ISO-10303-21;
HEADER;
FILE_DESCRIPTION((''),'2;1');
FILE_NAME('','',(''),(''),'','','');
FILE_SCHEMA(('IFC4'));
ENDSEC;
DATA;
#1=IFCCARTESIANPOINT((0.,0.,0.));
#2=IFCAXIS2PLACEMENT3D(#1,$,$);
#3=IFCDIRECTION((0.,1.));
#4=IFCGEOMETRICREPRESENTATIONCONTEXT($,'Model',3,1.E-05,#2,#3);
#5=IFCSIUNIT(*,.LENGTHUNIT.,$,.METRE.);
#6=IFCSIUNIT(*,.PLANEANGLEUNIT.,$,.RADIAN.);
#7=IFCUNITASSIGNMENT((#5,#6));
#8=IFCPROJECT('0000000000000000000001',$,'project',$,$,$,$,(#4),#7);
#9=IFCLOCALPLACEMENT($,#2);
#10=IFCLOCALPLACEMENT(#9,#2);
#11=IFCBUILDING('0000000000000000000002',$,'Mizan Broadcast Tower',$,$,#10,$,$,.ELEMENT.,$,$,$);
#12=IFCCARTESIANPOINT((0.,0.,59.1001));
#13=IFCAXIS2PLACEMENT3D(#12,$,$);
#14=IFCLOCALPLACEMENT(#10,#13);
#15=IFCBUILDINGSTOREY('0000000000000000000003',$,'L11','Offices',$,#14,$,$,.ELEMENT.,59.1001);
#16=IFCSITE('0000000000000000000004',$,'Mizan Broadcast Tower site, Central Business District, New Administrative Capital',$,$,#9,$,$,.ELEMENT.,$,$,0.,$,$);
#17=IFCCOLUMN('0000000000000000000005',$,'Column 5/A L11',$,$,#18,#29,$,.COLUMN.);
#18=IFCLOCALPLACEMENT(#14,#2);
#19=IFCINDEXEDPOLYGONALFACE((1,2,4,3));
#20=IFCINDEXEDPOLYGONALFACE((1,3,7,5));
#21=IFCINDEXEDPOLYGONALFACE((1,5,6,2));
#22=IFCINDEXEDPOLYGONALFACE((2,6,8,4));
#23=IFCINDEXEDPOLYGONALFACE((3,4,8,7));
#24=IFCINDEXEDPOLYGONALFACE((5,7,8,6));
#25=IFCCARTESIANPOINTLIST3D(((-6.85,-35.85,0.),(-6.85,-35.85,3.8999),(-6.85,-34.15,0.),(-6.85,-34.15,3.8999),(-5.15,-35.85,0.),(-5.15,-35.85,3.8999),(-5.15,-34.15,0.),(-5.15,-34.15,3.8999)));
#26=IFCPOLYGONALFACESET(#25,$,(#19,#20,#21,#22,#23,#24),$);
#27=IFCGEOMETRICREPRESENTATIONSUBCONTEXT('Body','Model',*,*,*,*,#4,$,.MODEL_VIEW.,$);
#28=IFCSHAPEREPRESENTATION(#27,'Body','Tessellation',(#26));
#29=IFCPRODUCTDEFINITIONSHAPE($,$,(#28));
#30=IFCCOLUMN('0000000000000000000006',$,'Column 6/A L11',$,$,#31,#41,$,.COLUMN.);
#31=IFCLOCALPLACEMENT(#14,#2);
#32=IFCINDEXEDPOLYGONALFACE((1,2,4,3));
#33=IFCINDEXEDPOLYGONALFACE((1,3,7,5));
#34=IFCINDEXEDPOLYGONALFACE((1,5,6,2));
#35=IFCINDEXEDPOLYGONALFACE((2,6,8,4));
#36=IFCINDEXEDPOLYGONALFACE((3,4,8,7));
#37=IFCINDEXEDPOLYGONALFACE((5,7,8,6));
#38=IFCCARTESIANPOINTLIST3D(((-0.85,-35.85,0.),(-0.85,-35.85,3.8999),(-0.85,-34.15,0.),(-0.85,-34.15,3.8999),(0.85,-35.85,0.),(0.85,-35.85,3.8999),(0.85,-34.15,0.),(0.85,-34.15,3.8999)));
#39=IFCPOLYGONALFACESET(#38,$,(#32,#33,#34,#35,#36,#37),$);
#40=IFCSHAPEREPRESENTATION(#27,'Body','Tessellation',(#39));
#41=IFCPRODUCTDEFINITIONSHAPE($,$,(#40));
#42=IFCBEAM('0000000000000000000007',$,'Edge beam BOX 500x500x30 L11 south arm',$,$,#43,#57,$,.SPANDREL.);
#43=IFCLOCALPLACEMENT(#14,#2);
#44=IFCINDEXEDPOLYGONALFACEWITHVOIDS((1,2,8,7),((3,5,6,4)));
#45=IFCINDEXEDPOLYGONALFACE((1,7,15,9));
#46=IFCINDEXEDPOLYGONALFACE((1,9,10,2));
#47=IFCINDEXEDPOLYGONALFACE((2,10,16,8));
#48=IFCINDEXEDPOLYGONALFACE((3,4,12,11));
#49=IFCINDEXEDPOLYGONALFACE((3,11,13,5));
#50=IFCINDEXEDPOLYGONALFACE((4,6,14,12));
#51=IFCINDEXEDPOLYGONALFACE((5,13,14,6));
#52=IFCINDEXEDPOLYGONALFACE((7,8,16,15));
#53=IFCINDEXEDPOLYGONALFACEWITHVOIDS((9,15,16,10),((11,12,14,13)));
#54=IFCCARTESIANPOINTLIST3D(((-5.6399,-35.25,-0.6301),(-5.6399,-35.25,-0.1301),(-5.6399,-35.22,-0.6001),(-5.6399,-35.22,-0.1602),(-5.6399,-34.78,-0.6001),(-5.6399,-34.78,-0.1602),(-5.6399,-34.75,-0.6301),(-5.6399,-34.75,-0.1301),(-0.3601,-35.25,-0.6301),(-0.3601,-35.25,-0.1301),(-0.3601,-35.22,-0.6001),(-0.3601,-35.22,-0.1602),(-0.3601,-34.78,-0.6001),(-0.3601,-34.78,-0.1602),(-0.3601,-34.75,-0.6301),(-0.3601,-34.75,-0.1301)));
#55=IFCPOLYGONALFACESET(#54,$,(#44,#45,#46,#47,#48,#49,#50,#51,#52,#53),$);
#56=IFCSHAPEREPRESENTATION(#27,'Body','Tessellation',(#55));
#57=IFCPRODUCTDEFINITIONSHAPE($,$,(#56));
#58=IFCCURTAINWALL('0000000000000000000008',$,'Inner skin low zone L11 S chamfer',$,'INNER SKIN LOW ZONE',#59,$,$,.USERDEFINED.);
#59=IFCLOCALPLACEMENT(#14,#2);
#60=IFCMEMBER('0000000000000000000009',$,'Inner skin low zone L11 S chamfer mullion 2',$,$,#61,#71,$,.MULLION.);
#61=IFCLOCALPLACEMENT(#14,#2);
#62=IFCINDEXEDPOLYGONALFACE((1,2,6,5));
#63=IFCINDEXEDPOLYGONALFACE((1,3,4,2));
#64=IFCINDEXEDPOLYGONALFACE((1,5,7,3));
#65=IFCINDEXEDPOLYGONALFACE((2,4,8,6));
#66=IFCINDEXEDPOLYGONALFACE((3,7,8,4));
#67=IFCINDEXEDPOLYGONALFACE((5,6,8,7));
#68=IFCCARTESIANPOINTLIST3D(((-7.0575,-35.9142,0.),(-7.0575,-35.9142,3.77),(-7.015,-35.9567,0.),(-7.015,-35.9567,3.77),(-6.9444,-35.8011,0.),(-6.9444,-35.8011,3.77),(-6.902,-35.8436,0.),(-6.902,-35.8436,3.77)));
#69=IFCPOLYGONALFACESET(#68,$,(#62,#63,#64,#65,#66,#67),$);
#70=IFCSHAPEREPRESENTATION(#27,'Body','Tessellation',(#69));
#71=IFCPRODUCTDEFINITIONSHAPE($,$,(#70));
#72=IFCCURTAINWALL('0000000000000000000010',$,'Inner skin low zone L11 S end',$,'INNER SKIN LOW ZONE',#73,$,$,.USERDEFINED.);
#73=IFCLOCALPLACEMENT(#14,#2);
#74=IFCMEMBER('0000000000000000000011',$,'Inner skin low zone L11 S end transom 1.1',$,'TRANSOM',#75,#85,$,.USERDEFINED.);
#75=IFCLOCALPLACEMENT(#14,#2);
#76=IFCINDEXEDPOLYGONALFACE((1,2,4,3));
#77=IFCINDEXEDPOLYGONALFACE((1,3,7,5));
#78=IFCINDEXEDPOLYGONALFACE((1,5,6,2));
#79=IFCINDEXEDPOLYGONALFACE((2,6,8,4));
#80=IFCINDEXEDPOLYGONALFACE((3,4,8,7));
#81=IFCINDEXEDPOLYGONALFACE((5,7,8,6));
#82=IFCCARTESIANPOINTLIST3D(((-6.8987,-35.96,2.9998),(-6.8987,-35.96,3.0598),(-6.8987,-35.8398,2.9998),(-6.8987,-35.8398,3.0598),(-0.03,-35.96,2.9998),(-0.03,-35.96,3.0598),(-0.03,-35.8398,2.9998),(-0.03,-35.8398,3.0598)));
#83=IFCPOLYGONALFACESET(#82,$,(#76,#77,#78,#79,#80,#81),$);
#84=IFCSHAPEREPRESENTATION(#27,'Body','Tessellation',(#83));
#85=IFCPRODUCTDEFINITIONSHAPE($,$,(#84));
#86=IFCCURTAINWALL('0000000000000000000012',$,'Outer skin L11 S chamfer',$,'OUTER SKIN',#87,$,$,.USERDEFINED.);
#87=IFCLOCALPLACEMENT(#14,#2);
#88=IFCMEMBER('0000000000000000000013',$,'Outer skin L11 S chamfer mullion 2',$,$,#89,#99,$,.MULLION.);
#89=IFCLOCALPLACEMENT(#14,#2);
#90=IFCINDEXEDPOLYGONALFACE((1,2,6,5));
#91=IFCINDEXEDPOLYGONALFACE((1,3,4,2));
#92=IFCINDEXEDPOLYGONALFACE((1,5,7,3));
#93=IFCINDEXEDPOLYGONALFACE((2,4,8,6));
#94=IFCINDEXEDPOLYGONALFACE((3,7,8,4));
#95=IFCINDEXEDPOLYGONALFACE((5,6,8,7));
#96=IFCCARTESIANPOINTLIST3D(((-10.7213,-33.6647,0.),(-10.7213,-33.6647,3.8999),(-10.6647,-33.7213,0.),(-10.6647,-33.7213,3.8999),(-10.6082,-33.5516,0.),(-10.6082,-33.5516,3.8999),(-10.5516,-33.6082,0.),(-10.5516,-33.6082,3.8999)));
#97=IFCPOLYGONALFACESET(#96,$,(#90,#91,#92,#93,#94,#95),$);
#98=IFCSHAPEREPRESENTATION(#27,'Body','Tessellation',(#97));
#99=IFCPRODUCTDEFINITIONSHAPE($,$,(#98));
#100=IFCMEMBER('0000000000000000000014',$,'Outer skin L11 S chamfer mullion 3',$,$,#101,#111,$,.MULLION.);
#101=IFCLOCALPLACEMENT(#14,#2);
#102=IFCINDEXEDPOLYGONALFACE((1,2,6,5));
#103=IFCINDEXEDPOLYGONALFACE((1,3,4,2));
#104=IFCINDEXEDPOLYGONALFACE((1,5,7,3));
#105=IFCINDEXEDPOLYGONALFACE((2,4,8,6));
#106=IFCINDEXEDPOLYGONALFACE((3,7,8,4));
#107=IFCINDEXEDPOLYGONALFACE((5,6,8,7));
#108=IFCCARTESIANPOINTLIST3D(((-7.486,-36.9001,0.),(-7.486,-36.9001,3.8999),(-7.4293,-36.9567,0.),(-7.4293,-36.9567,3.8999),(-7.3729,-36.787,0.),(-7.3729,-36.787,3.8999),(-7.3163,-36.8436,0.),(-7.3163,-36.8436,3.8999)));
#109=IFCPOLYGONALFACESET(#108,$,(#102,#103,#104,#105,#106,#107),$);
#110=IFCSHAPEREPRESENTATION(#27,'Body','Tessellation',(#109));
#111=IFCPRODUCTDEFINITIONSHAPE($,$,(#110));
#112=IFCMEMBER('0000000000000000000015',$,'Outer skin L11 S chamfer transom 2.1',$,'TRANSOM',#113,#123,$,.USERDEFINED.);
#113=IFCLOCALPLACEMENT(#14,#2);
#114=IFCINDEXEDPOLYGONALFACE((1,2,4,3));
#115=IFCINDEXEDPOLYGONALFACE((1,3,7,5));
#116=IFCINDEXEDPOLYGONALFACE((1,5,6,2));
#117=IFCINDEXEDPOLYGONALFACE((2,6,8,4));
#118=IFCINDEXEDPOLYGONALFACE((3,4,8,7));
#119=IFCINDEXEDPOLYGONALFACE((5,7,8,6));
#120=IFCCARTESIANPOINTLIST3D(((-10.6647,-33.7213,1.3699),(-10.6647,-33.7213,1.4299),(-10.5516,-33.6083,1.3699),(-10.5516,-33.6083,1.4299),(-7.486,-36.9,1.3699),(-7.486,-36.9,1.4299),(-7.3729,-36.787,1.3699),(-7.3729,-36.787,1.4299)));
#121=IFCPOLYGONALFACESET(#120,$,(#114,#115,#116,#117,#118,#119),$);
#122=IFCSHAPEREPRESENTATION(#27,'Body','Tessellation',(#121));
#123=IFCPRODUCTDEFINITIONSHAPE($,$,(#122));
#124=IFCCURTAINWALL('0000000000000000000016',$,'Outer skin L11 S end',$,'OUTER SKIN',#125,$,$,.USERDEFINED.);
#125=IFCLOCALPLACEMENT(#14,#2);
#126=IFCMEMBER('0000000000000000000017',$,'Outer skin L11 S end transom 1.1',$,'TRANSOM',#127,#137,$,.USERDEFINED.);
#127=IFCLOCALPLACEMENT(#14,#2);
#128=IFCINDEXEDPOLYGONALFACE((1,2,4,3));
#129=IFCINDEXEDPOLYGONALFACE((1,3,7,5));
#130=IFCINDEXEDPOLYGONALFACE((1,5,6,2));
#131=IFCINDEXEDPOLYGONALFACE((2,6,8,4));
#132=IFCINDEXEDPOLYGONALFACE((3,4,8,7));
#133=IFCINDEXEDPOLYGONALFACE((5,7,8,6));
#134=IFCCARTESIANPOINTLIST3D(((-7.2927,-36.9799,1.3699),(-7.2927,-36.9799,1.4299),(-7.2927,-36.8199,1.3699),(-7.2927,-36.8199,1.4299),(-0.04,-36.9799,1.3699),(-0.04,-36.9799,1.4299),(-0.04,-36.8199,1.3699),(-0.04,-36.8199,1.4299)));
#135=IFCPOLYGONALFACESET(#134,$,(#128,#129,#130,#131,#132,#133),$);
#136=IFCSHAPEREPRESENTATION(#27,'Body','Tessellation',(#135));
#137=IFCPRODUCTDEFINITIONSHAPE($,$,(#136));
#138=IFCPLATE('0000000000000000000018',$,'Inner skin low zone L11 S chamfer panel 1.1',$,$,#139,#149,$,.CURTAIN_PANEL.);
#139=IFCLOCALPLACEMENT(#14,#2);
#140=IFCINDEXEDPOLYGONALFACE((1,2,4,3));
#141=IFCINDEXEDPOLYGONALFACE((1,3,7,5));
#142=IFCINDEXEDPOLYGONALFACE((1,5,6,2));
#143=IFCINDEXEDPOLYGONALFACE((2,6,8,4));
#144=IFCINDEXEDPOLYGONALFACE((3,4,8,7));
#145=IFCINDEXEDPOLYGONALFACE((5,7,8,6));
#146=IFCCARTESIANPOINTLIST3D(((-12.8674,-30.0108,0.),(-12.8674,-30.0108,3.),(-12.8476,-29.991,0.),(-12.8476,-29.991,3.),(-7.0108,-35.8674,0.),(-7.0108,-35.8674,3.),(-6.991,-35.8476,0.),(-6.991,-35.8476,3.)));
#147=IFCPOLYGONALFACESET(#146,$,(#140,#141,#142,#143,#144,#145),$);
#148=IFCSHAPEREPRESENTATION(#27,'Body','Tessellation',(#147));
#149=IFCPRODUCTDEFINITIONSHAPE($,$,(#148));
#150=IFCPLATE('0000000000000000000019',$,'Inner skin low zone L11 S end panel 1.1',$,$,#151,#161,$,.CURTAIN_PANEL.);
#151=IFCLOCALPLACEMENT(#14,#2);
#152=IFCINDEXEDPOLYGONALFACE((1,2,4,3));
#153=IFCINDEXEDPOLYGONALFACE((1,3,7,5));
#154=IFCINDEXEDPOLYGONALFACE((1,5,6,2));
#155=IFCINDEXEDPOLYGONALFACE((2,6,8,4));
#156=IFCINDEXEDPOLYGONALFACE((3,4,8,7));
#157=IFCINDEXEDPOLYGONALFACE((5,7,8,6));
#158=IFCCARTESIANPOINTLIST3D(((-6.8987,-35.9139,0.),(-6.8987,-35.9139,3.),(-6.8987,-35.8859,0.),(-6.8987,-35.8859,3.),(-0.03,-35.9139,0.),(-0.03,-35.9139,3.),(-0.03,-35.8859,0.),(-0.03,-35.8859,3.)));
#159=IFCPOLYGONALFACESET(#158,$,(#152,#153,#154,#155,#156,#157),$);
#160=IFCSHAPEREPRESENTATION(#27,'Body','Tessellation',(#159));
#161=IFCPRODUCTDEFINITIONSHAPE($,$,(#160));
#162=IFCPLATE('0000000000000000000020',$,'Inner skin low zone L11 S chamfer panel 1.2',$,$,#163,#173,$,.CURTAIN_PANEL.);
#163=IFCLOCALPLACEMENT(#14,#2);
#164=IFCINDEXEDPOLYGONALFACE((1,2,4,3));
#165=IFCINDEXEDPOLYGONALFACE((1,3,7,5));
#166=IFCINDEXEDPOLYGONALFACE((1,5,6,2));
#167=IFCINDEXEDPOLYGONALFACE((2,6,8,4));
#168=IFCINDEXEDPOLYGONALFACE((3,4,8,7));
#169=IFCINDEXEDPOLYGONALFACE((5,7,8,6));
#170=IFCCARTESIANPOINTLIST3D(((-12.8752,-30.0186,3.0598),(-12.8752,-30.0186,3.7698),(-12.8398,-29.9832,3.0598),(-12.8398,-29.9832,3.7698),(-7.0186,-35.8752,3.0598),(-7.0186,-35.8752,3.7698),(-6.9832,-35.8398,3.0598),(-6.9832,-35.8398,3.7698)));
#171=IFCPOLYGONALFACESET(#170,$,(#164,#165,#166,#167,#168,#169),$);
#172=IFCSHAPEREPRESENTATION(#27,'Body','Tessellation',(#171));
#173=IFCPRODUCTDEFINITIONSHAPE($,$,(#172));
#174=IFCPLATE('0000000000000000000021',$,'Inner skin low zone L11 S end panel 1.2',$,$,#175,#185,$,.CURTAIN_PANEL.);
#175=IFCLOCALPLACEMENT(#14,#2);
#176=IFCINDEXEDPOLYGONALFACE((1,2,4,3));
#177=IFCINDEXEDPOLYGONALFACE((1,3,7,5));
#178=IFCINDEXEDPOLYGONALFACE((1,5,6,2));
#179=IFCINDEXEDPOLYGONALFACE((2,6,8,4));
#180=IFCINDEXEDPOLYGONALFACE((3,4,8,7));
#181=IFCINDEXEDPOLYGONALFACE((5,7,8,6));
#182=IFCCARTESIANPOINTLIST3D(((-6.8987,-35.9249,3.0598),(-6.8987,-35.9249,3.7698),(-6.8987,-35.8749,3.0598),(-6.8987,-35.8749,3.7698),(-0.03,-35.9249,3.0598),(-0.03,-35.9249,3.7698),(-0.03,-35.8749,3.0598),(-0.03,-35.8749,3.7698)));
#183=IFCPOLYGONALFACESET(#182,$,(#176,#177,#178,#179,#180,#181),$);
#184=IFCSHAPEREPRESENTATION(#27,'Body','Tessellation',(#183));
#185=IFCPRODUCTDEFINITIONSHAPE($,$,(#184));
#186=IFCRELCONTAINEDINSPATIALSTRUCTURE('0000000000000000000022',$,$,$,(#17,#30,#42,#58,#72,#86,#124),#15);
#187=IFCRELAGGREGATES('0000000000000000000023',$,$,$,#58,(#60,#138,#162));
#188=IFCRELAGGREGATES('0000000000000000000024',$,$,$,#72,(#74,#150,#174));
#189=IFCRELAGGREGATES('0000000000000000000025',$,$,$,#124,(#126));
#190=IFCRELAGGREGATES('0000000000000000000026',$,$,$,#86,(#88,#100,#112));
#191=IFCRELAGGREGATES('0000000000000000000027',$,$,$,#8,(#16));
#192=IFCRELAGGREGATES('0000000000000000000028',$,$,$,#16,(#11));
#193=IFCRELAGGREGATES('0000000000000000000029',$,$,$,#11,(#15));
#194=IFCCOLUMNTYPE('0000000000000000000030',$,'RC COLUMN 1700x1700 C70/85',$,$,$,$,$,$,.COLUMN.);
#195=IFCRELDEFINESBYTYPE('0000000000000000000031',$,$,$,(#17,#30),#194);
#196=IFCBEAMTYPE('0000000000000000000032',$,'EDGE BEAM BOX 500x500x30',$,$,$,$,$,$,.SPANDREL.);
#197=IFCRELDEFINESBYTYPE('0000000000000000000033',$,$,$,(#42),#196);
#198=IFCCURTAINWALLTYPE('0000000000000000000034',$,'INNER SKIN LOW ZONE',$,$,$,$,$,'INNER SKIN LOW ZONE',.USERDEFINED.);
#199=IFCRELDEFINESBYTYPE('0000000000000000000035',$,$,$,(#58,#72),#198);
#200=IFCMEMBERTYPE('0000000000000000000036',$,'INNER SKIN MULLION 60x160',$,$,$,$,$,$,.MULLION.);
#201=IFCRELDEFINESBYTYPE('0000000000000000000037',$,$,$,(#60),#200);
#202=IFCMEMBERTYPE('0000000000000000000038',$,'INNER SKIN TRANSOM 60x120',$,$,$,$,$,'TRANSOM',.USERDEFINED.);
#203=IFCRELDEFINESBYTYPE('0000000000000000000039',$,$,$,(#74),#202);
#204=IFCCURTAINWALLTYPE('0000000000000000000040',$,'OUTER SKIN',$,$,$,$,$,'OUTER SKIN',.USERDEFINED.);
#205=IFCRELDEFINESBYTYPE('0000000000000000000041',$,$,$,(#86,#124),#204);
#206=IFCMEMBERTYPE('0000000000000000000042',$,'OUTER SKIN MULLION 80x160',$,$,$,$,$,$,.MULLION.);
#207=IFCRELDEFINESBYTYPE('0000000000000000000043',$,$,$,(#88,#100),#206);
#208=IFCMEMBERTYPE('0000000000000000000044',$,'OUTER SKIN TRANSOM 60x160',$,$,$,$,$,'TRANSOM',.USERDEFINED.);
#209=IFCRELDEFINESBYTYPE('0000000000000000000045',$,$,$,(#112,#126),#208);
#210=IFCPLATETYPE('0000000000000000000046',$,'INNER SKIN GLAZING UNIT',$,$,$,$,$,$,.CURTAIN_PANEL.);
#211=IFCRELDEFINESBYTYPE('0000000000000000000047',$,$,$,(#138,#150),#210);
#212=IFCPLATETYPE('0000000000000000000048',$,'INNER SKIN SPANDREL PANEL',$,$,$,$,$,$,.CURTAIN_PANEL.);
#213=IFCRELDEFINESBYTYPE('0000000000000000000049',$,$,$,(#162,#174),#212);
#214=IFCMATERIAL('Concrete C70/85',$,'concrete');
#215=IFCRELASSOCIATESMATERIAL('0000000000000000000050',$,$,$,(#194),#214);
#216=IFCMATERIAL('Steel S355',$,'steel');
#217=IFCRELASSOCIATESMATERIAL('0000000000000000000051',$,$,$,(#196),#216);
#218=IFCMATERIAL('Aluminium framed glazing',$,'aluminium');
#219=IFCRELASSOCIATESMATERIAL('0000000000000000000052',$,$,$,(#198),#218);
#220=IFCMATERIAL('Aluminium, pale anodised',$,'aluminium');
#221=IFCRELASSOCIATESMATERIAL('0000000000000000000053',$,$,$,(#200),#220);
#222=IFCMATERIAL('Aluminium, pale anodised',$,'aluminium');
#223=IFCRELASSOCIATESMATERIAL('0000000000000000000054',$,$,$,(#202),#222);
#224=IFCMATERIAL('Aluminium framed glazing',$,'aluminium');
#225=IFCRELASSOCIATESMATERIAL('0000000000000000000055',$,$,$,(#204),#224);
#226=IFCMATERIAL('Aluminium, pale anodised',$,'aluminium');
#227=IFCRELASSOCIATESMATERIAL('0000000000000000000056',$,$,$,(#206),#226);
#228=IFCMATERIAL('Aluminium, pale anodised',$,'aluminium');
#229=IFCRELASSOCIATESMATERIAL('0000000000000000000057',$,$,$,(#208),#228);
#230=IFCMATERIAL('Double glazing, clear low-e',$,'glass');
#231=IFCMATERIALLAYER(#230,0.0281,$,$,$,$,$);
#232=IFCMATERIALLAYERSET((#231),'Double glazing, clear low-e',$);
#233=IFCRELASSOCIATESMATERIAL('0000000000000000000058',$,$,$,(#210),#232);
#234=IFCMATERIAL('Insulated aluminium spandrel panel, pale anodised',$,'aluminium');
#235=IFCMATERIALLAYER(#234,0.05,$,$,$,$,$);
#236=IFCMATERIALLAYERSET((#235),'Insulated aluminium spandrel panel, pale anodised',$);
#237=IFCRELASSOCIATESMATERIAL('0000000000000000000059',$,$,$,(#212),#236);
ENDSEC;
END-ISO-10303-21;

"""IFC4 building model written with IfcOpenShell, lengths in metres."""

from ifc_helpers import new_model, si_unit, direction, frame, origin, origin_2d, place, context, subcontext, project, spatial, rectangle, hollow_rectangle, extrude, material, layer, layer_set, material_profile, profile_set, type_object, element, aggregate, save


model = new_model("IFC4")

# Units and contexts
model_context = context("Model", 3, precision=1e-05, world=origin(), true_north=direction((0.0, 1.0)))
body_context = subcontext(model_context, "Body", "Model", "MODEL_VIEW")
ifc_project = project(units=[si_unit("LENGTHUNIT", "METRE"), si_unit("PLANEANGLEUNIT", "RADIAN")], contexts=[model_context])

# Site, building, storey
site_placement = place(None, origin())
site = spatial("IfcSite", under=ifc_project, at=site_placement, Name="Mizan Broadcast Tower site, Central Business District, New Administrative Capital", CompositionType="ELEMENT", RefElevation=0.0)
building_placement = place(site_placement, origin())
building = spatial("IfcBuilding", under=site, at=building_placement, Name="Mizan Broadcast Tower", CompositionType="ELEMENT")
storey_placement = place(building_placement, frame((0.0, 0.0, 59.1001)))
storey = spatial("IfcBuildingStorey", under=building, at=storey_placement, Name="L11", Description="Offices", CompositionType="ELEMENT", Elevation=59.1001)

# Columns
ifc_material_1 = material(Name="Concrete C70/85", Category="concrete")
ifc_material_profile_1 = material_profile(ifc_material_1, rectangle(XDim=1.7, YDim=1.7, at=origin_2d()), Name="RC 1700x1700")
ifc_profile_set_1 = profile_set([ifc_material_profile_1], Name="Concrete C70/85")
column_type = type_object("IfcColumnType", Name="RC COLUMN 1700x1700 C70/85", PredefinedType="COLUMN", material=ifc_profile_set_1)
for number, where, z_axis, x_axis, name in (
    (1, (-6.0, -35.0, 0.0), (0.0, 0.0, 1.0), (1.0, 0.0, 0.0), "Column 5/A L11"),
    (2, (0.0, -35.0, 0.0), (0.0, 0.0, 1.0), (1.0, 0.0, 0.0), "Column 6/A L11"),
):
    element("IfcColumn", number, at=place(storey_placement, frame(where, z_axis=z_axis, x_axis=x_axis)), inside=storey, type_object=column_type, Name=name, PredefinedType="COLUMN", context=body_context, shape_type="SweptSolid", body=[
        extrude(rectangle(XDim=1.7, YDim=1.7, at=origin_2d()), origin(), (0.0, 0.0, 1.0), 3.8999),
    ])

# Beam
ifc_material_2 = material(Name="Steel S355", Category="steel")
ifc_material_profile_2 = material_profile(ifc_material_2, hollow_rectangle(XDim=0.5, YDim=0.5, WallThickness=0.03, at=origin_2d()), Name="BOX 500x500x30")
ifc_profile_set_2 = profile_set([ifc_material_profile_2], Name="Steel S355")
beam_type = type_object("IfcBeamType", Name="EDGE BEAM BOX 500x500x30", PredefinedType="SPANDREL", material=ifc_profile_set_2)
beam_placement = place(storey_placement, frame((-5.6399, -35.0, -0.3801), z_axis=(1.0, 0.0, 0.0), x_axis=(0.0, 1.0, 0.0)))
element("IfcBeam", 3, at=beam_placement, inside=storey, type_object=beam_type, Name="Edge beam BOX 500x500x30 L11 south arm", PredefinedType="SPANDREL", context=body_context, shape_type="SweptSolid", body=[
    extrude(hollow_rectangle(XDim=0.5, YDim=0.5, WallThickness=0.03, at=origin_2d()), origin(), (0.0, 0.0, 1.0), 5.2798),
])

# Curtain walls, members
ifc_material_3 = material(Name="Aluminium framed glazing", Category="aluminium")
curtain_wall_type_1 = type_object("IfcCurtainWallType", Name="INNER SKIN LOW ZONE", ElementType="INNER SKIN LOW ZONE", PredefinedType="USERDEFINED", material=ifc_material_3)
curtain_wall_1_placement = place(storey_placement, origin())
curtain_wall_1 = element("IfcCurtainWall", 4, at=curtain_wall_1_placement, inside=storey, type_object=curtain_wall_type_1, Name="Inner skin low zone L11 S chamfer", ObjectType="INNER SKIN LOW ZONE", PredefinedType="USERDEFINED")
ifc_material_4 = material(Name="Aluminium, pale anodised", Category="aluminium")
ifc_material_profile_3 = material_profile(ifc_material_4, rectangle(XDim=0.1599, YDim=0.0601, at=origin_2d()), Name="MULLION 160x60")
ifc_profile_set_3 = profile_set([ifc_material_profile_3], Name="Aluminium, pale anodised")
member_type_1 = type_object("IfcMemberType", Name="INNER SKIN MULLION 60x160", PredefinedType="MULLION", material=ifc_profile_set_3)
member_1_placement = place(storey_placement, frame((-6.9797, -35.8789, 0.0), z_axis=(0.0, 0.0, 1.0), x_axis=(0.707107, 0.707107, 0.0)))
member_1 = element("IfcMember", 5, at=member_1_placement, type_object=member_type_1, Name="Inner skin low zone L11 S chamfer mullion 2", PredefinedType="MULLION", context=body_context, shape_type="SweptSolid", body=[
    extrude(rectangle(XDim=0.1599, YDim=0.0601, at=origin_2d()), origin(), (0.0, 0.0, 1.0), 3.77),
])
curtain_wall_2_placement = place(storey_placement, origin())
curtain_wall_2 = element("IfcCurtainWall", 6, at=curtain_wall_2_placement, inside=storey, type_object=curtain_wall_type_1, Name="Inner skin low zone L11 S end", ObjectType="INNER SKIN LOW ZONE", PredefinedType="USERDEFINED")
ifc_material_5 = material(Name="Aluminium, pale anodised", Category="aluminium")
ifc_material_profile_4 = material_profile(ifc_material_5, rectangle(XDim=0.1201, YDim=0.0601, at=origin_2d()), Name="TRANSOM 120x60")
ifc_profile_set_4 = profile_set([ifc_material_profile_4], Name="Aluminium, pale anodised")
member_type_2 = type_object("IfcMemberType", Name="INNER SKIN TRANSOM 60x120", ElementType="TRANSOM", PredefinedType="USERDEFINED", material=ifc_profile_set_4)
member_2_placement = place(storey_placement, frame((-6.8987, -35.8999, 3.0298), z_axis=(1.0, 0.0, 0.0), x_axis=(0.0, 1.0, 0.0)))
member_2 = element("IfcMember", 7, at=member_2_placement, type_object=member_type_2, Name="Inner skin low zone L11 S end transom 1.1", ObjectType="TRANSOM", PredefinedType="USERDEFINED", context=body_context, shape_type="SweptSolid", body=[
    extrude(rectangle(XDim=0.1201, YDim=0.0601, at=origin_2d()), origin(), (0.0, 0.0, 1.0), 6.8687),
])

# Curtain wall, members
ifc_material_6 = material(Name="Aluminium framed glazing", Category="aluminium")
curtain_wall_type_2 = type_object("IfcCurtainWallType", Name="OUTER SKIN", ElementType="OUTER SKIN", PredefinedType="USERDEFINED", material=ifc_material_6)
curtain_wall_3_placement = place(storey_placement, origin())
curtain_wall_3 = element("IfcCurtainWall", 8, at=curtain_wall_3_placement, inside=storey, type_object=curtain_wall_type_2, Name="Outer skin L11 S chamfer", ObjectType="OUTER SKIN", PredefinedType="USERDEFINED")
ifc_material_7 = material(Name="Aluminium, pale anodised", Category="aluminium")
ifc_material_profile_5 = material_profile(ifc_material_7, rectangle(XDim=0.1599, YDim=0.0801, at=origin_2d()), Name="MULLION 160x80")
ifc_profile_set_5 = profile_set([ifc_material_profile_5], Name="Aluminium, pale anodised")
member_type_3 = type_object("IfcMemberType", Name="OUTER SKIN MULLION 80x160", PredefinedType="MULLION", material=ifc_profile_set_5)
member_3_placement = place(storey_placement, frame((-10.6365, -33.6365, 0.0), z_axis=(0.0, 0.0, 1.0), x_axis=(0.707107, 0.707107, 0.0)))
member_3 = element("IfcMember", 9, at=member_3_placement, type_object=member_type_3, Name="Outer skin L11 S chamfer mullion 2", PredefinedType="MULLION", context=body_context, shape_type="SweptSolid", body=[
    extrude(rectangle(XDim=0.1599, YDim=0.0801, at=origin_2d()), origin(), (0.0, 0.0, 1.0), 3.8999),
])
member_4_placement = place(storey_placement, frame((-7.4011, -36.8718, 0.0), z_axis=(0.0, 0.0, 1.0), x_axis=(0.707107, 0.707107, 0.0)))
member_4 = element("IfcMember", 10, at=member_4_placement, type_object=member_type_3, Name="Outer skin L11 S chamfer mullion 3", PredefinedType="MULLION", context=body_context, shape_type="SweptSolid", body=[
    extrude(rectangle(XDim=0.1599, YDim=0.0801, at=origin_2d()), origin(), (0.0, 0.0, 1.0), 3.8999),
])
ifc_material_8 = material(Name="Aluminium, pale anodised", Category="aluminium")
ifc_material_profile_6 = material_profile(ifc_material_8, rectangle(XDim=0.1599, YDim=0.0601, at=origin_2d()), Name="TRANSOM 160x60")
ifc_profile_set_6 = profile_set([ifc_material_profile_6], Name="Aluminium, pale anodised")
member_type_4 = type_object("IfcMemberType", Name="OUTER SKIN TRANSOM 60x160", ElementType="TRANSOM", PredefinedType="USERDEFINED", material=ifc_profile_set_6)
member_5_placement = place(storey_placement, frame((-10.6082, -33.6648, 1.3999), z_axis=(0.707107, -0.707107, 0.0), x_axis=(0.707107, 0.707107, 0.0)))
member_5 = element("IfcMember", 11, at=member_5_placement, type_object=member_type_4, Name="Outer skin L11 S chamfer transom 2.1", ObjectType="TRANSOM", PredefinedType="USERDEFINED", context=body_context, shape_type="SweptSolid", body=[
    extrude(rectangle(XDim=0.1599, YDim=0.0601, at=origin_2d()), origin(), (0.0, 0.0, 1.0), 4.4954),
])

# Curtain wall, member
curtain_wall_4_placement = place(storey_placement, origin())
curtain_wall_4 = element("IfcCurtainWall", 12, at=curtain_wall_4_placement, inside=storey, type_object=curtain_wall_type_2, Name="Outer skin L11 S end", ObjectType="OUTER SKIN", PredefinedType="USERDEFINED")
member_6_placement = place(storey_placement, frame((-7.2927, -36.8999, 1.3999), z_axis=(1.0, 0.0, 0.0), x_axis=(0.0, 1.0, 0.0)))
member_6 = element("IfcMember", 13, at=member_6_placement, type_object=member_type_4, Name="Outer skin L11 S end transom 1.1", ObjectType="TRANSOM", PredefinedType="USERDEFINED", context=body_context, shape_type="SweptSolid", body=[
    extrude(rectangle(XDim=0.1599, YDim=0.0601, at=origin_2d()), origin(), (0.0, 0.0, 1.0), 7.2527),
])

# Plates
ifc_material_9 = material(Name="Double glazing, clear low-e", Category="glass")
ifc_layer_1 = layer(ifc_material_9, 0.0281)
ifc_layer_set_1 = layer_set([ifc_layer_1], Name="Double glazing, clear low-e")
plate_type_1 = type_object("IfcPlateType", Name="INNER SKIN GLAZING UNIT", PredefinedType="CURTAIN_PANEL", material=ifc_layer_set_1)
plate_1_placement = place(storey_placement, frame((-9.9292, -32.9292, 0.0), z_axis=(0.0, 0.0, 1.0), x_axis=(0.707107, -0.707107, 0.0)))
plate_1 = element("IfcPlate", 14, at=plate_1_placement, type_object=plate_type_1, Name="Inner skin low zone L11 S chamfer panel 1.1", PredefinedType="CURTAIN_PANEL", context=body_context, shape_type="SweptSolid", body=[
    extrude(rectangle(XDim=8.2825, YDim=0.0281, at=origin_2d()), origin(), (0.0, 0.0, 1.0), 3.0),
])
plate_2_placement = place(storey_placement, frame((-3.4644, -35.8999, 0.0), z_axis=(0.0, 0.0, 1.0), x_axis=(1.0, 0.0, 0.0)))
plate_2 = element("IfcPlate", 15, at=plate_2_placement, type_object=plate_type_1, Name="Inner skin low zone L11 S end panel 1.1", PredefinedType="CURTAIN_PANEL", context=body_context, shape_type="SweptSolid", body=[
    extrude(rectangle(XDim=6.8687, YDim=0.0281, at=origin_2d()), origin(), (0.0, 0.0, 1.0), 3.0),
])
ifc_material_10 = material(Name="Insulated aluminium spandrel panel, pale anodised", Category="aluminium")
ifc_layer_2 = layer(ifc_material_10, 0.05)
ifc_layer_set_2 = layer_set([ifc_layer_2], Name="Insulated aluminium spandrel panel, pale anodised")
plate_type_2 = type_object("IfcPlateType", Name="INNER SKIN SPANDREL PANEL", PredefinedType="CURTAIN_PANEL", material=ifc_layer_set_2)
plate_3_placement = place(storey_placement, frame((-9.9292, -32.9292, 3.0598), z_axis=(0.0, 0.0, 1.0), x_axis=(0.707107, -0.707107, 0.0)))
plate_3 = element("IfcPlate", 16, at=plate_3_placement, type_object=plate_type_2, Name="Inner skin low zone L11 S chamfer panel 1.2", PredefinedType="CURTAIN_PANEL", context=body_context, shape_type="SweptSolid", body=[
    extrude(rectangle(XDim=8.2825, YDim=0.05, at=origin_2d()), origin(), (0.0, 0.0, 1.0), 0.71),
])
aggregate(curtain_wall_1, [member_1, plate_1, plate_3])
plate_4_placement = place(storey_placement, frame((-3.4644, -35.8999, 3.0598), z_axis=(0.0, 0.0, 1.0), x_axis=(1.0, 0.0, 0.0)))
plate_4 = element("IfcPlate", 17, at=plate_4_placement, type_object=plate_type_2, Name="Inner skin low zone L11 S end panel 1.2", PredefinedType="CURTAIN_PANEL", context=body_context, shape_type="SweptSolid", body=[
    extrude(rectangle(XDim=6.8687, YDim=0.05, at=origin_2d()), origin(), (0.0, 0.0, 1.0), 0.71),
])
aggregate(curtain_wall_2, [member_2, plate_2, plate_4])
aggregate(curtain_wall_4, [member_6])
aggregate(curtain_wall_3, [member_3, member_4, member_5])

save(model, "model.ifc")
